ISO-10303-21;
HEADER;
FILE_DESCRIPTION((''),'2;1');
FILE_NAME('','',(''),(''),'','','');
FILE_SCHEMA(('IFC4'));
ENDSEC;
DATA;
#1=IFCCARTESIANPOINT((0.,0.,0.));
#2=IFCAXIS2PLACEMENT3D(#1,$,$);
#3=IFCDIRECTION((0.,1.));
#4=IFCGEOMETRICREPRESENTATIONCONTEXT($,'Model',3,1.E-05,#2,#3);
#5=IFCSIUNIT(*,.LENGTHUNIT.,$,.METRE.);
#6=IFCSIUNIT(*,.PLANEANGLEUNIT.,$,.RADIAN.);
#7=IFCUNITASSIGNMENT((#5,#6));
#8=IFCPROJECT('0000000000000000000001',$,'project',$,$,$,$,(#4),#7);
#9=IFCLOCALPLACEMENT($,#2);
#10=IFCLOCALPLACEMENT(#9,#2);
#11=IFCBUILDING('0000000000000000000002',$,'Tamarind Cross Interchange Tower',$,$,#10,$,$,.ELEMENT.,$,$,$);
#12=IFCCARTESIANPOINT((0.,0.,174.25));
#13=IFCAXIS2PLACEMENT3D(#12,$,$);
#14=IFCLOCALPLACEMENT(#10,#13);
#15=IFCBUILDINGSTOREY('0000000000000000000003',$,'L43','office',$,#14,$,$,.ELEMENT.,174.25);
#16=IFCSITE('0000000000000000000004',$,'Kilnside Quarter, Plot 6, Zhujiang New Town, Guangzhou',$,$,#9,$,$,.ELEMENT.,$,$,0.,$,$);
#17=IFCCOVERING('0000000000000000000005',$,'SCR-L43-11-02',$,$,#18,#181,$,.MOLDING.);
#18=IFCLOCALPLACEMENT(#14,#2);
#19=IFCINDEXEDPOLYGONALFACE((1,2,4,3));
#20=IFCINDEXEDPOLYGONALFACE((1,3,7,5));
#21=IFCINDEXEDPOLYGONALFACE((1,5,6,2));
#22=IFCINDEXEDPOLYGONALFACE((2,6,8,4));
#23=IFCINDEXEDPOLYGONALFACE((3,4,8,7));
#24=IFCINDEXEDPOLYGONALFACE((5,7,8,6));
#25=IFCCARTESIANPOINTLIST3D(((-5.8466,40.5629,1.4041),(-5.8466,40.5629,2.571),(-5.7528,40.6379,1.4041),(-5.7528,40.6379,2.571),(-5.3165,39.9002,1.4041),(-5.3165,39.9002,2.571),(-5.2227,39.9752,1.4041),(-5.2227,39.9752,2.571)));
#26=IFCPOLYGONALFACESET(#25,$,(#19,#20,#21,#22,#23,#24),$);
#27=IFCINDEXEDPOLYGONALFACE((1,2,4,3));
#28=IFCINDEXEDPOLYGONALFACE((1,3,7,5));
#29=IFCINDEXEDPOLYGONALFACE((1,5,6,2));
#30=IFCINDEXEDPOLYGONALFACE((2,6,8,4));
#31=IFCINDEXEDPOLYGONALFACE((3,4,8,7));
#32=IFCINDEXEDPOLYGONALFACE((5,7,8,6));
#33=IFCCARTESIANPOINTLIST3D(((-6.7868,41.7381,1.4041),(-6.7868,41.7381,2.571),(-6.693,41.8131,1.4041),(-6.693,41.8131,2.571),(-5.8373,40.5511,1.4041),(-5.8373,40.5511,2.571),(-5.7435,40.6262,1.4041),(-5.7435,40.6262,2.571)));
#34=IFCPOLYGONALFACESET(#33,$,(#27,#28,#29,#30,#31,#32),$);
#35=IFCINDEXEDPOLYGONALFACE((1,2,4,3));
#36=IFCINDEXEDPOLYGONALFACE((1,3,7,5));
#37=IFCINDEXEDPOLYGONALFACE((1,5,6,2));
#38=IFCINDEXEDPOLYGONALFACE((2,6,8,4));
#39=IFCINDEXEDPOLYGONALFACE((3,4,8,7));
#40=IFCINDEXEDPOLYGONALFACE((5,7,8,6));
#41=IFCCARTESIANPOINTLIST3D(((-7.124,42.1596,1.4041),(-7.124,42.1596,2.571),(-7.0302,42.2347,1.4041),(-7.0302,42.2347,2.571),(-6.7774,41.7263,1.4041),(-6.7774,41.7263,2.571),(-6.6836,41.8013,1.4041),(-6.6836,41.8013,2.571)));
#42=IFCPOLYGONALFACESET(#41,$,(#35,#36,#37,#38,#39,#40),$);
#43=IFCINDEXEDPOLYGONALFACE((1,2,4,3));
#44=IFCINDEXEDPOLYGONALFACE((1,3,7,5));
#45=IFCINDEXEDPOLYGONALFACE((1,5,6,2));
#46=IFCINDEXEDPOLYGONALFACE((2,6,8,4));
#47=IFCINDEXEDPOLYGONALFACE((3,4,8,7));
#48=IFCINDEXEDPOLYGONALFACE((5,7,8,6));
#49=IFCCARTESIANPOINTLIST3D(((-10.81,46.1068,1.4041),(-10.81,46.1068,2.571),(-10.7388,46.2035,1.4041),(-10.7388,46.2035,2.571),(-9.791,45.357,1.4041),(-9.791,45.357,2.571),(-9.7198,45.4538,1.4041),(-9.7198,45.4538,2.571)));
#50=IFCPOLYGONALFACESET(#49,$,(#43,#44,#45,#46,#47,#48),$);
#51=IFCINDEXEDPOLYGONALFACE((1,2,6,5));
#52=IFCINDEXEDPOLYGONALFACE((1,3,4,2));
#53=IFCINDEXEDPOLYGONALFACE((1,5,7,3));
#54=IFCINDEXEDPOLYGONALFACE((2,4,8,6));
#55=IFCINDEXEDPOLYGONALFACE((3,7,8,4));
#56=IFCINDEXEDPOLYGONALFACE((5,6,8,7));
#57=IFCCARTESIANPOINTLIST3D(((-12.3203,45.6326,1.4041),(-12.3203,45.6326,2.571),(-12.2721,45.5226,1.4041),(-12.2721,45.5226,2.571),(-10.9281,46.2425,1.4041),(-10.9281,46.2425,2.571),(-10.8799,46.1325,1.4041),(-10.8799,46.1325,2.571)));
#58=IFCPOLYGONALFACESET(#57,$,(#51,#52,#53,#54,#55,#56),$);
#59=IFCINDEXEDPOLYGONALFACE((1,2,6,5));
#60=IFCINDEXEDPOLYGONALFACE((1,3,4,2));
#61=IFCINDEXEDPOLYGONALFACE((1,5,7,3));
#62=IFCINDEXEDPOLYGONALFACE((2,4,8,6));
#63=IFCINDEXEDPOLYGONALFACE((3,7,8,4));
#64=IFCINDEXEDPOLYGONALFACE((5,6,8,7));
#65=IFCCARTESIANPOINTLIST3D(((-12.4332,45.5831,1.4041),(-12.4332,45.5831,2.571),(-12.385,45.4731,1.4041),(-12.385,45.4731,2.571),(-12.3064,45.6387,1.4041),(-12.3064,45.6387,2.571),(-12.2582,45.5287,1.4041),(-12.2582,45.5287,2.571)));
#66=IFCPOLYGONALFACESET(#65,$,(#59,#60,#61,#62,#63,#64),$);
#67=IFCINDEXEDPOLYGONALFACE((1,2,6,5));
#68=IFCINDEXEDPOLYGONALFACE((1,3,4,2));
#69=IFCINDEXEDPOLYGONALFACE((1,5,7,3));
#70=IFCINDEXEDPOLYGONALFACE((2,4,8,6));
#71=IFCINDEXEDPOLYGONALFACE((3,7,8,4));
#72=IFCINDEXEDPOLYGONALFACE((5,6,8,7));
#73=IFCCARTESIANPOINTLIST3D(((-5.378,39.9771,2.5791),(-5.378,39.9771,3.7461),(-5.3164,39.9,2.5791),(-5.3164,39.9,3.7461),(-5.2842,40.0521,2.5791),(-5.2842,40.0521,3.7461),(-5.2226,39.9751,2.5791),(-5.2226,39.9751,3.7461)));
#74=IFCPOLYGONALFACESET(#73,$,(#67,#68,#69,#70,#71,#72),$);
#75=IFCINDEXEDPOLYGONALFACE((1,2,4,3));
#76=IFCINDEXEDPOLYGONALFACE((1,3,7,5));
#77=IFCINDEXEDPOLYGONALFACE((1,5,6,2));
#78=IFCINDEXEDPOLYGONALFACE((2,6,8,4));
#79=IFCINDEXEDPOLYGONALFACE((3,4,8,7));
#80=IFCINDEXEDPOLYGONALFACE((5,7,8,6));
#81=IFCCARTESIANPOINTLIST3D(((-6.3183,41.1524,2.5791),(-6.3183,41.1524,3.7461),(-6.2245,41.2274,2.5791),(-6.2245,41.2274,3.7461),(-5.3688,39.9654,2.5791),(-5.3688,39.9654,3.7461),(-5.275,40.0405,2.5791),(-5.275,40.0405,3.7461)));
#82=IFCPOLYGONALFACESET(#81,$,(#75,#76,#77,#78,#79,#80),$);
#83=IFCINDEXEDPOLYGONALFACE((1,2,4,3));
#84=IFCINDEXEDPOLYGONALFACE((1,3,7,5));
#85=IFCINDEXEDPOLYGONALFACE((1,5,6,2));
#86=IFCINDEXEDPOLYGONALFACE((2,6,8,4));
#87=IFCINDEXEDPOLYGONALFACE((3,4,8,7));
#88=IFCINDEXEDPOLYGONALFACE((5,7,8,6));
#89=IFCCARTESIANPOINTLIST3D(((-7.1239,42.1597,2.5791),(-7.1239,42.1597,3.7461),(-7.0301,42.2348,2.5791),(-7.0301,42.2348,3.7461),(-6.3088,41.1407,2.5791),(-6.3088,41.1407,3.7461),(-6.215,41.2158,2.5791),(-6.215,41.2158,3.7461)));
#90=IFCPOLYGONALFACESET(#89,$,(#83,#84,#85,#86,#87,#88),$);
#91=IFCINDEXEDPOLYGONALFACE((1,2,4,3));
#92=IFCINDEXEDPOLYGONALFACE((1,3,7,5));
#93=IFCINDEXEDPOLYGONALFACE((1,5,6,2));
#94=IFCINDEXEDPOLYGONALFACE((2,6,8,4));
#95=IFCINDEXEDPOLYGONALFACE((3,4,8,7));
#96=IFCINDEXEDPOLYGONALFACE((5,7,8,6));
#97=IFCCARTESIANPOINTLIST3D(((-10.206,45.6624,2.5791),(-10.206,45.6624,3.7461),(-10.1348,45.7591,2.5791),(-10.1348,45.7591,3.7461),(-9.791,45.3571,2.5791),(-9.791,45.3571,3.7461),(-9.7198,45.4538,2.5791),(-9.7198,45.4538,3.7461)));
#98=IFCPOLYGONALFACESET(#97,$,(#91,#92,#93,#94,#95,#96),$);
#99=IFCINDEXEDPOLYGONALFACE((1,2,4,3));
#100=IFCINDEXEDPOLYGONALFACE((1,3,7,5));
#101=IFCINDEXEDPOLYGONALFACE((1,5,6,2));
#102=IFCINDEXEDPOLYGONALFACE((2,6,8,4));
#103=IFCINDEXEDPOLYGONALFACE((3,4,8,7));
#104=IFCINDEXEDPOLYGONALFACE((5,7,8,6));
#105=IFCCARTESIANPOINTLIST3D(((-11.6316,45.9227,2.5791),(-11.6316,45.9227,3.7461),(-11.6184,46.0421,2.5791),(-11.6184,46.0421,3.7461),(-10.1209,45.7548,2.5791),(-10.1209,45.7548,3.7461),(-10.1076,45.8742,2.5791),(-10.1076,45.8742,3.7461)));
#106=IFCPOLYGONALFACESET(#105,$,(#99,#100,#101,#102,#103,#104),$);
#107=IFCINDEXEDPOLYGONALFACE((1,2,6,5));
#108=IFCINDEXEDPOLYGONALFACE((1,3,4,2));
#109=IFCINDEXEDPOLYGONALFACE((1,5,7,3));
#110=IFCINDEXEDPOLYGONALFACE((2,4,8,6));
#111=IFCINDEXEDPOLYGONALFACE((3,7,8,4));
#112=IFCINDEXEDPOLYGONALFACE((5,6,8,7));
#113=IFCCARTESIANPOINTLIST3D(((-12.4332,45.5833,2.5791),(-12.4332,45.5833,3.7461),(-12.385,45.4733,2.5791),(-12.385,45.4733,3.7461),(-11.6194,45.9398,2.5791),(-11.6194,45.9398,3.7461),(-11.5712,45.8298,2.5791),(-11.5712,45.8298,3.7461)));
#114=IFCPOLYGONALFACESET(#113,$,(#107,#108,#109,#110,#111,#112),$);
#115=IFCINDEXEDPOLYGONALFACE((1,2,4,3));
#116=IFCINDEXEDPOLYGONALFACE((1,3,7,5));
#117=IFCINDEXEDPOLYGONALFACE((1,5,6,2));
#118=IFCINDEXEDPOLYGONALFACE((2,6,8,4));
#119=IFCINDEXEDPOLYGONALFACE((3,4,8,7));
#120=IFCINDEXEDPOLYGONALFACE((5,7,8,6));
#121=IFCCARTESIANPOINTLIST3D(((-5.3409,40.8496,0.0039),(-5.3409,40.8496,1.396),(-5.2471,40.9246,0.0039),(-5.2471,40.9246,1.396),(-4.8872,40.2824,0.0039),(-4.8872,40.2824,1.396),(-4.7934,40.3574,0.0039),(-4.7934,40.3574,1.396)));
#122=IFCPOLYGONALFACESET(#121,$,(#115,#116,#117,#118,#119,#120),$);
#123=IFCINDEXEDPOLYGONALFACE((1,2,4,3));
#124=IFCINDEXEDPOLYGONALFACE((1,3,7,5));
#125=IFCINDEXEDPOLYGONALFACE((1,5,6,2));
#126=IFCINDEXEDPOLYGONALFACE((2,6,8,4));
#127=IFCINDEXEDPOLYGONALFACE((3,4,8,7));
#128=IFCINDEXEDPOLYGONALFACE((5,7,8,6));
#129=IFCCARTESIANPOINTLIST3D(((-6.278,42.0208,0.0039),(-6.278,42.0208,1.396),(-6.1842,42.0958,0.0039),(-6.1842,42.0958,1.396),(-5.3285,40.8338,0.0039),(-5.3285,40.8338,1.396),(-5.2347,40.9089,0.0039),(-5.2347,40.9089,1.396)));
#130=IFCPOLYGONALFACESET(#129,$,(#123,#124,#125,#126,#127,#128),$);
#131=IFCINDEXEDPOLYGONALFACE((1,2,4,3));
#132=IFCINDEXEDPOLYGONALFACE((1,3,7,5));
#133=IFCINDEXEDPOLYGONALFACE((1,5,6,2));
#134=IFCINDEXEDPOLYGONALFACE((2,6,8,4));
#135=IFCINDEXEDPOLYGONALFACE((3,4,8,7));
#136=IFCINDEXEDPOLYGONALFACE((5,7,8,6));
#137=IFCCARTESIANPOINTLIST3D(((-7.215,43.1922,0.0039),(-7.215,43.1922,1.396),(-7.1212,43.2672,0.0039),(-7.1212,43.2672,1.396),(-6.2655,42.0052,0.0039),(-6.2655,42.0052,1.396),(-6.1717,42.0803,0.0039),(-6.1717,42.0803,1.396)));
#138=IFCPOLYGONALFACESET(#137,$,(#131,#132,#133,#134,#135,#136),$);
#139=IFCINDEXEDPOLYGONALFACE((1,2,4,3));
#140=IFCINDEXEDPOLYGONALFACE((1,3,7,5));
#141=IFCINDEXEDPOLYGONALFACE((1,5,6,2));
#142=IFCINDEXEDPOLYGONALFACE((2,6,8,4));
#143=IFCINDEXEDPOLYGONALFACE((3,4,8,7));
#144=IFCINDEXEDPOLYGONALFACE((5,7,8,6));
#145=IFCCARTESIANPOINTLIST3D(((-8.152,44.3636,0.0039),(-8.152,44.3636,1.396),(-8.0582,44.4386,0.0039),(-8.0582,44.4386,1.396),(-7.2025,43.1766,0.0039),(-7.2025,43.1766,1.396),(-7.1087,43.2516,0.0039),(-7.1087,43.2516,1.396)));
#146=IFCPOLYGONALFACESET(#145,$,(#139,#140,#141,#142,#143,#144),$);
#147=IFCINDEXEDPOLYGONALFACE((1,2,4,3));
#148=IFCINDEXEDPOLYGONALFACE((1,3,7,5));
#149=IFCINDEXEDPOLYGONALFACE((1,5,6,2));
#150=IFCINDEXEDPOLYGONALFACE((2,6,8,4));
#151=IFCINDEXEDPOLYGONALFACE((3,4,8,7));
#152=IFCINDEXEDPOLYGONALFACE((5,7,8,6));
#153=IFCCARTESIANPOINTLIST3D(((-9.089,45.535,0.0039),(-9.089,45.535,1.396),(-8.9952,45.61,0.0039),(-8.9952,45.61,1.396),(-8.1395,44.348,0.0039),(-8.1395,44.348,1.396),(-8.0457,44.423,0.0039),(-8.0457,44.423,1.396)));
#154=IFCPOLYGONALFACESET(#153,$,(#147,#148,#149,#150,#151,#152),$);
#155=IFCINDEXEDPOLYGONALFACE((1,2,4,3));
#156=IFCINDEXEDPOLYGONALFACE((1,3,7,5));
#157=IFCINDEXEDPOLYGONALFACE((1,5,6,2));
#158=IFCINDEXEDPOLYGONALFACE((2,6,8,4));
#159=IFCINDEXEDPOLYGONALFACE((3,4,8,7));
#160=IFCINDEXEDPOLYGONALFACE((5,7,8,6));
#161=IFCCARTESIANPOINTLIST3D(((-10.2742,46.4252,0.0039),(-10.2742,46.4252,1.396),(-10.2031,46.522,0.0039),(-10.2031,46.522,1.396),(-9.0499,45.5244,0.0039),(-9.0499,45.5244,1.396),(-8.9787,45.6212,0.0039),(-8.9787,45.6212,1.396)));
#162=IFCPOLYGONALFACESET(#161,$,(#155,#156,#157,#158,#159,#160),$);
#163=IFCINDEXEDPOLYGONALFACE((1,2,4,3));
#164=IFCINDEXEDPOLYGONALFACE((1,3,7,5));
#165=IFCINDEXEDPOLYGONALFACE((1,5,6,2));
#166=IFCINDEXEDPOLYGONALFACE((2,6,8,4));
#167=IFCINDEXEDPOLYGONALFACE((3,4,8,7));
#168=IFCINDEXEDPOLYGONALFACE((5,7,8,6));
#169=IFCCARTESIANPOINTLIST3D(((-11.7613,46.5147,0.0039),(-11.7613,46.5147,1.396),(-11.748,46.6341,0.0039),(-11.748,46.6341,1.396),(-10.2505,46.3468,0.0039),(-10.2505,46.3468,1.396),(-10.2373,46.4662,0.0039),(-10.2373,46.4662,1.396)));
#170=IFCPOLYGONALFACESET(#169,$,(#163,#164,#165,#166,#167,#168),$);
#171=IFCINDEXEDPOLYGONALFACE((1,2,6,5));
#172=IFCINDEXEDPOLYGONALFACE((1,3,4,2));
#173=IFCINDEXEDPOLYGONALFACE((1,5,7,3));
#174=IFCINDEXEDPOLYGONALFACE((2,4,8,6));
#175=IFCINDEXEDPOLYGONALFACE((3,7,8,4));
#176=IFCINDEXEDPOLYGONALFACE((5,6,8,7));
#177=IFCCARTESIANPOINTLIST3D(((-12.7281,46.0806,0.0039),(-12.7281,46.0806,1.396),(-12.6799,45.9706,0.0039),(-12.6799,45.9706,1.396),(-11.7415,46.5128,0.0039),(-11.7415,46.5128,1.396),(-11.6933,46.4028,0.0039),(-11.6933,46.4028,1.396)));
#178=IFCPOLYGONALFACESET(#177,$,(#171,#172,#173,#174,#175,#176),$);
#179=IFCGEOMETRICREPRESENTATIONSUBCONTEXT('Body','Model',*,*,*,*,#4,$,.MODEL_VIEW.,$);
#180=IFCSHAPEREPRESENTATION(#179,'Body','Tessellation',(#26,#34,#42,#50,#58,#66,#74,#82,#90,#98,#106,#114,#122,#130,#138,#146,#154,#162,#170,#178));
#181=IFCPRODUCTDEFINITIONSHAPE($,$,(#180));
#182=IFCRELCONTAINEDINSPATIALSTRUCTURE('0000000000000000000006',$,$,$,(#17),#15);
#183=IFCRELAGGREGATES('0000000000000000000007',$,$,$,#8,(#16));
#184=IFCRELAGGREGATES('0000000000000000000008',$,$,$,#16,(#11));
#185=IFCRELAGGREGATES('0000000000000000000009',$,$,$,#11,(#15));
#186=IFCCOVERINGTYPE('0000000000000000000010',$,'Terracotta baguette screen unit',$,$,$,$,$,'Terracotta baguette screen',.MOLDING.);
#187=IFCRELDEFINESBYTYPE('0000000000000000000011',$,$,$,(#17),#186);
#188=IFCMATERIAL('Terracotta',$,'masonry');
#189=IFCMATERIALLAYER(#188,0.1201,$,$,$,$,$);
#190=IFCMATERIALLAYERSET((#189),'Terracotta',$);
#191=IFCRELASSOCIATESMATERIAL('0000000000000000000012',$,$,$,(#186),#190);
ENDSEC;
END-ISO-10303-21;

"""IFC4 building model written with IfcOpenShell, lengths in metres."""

from ifc_helpers import new_model, si_unit, direction, frame, origin, origin_2d, place, context, subcontext, project, spatial, rectangle, extrude, material, layer, layer_set, type_object, element, save


model = new_model("IFC4")

# Units and contexts
model_context = context("Model", 3, precision=1e-05, world=origin(), true_north=direction((0.0, 1.0)))
body_context = subcontext(model_context, "Body", "Model", "MODEL_VIEW")
ifc_project = project(units=[si_unit("LENGTHUNIT", "METRE"), si_unit("PLANEANGLEUNIT", "RADIAN")], contexts=[model_context])

# Site, building, storey
site_placement = place(None, origin())
site = spatial("IfcSite", under=ifc_project, at=site_placement, Name="Kilnside Quarter, Plot 6, Zhujiang New Town, Guangzhou", CompositionType="ELEMENT", RefElevation=0.0)
building_placement = place(site_placement, origin())
building = spatial("IfcBuilding", under=site, at=building_placement, Name="Tamarind Cross Interchange Tower", CompositionType="ELEMENT")
storey_placement = place(building_placement, frame((0.0, 0.0, 174.25)))
storey = spatial("IfcBuildingStorey", under=building, at=storey_placement, Name="L43", Description="office", CompositionType="ELEMENT", Elevation=174.25)

# Covering
ifc_material_1 = material(Name="Terracotta", Category="masonry")
ifc_layer_1 = layer(ifc_material_1, 0.1201)
ifc_layer_set_1 = layer_set([ifc_layer_1], Name="Terracotta")
covering_type = type_object("IfcCoveringType", Name="Terracotta baguette screen unit", ElementType="Terracotta baguette screen", PredefinedType="MOLDING", material=ifc_layer_set_1)
covering_1_placement = place(storey_placement, origin())
element("IfcCovering", 1, at=covering_1_placement, inside=storey, type_object=covering_type, Name="SCR-L43-11-02", PredefinedType="MOLDING", context=body_context, shape_type="SweptSolid", body=[
    extrude(rectangle(XDim=0.8486, YDim=0.1201, at=origin_2d()), frame((-5.5347, 40.269, 1.4041), z_axis=(0.0, 0.0, 1.0), x_axis=(-0.624665, 0.780893, 0.0)), (0.0, 0.0, 1.0), 1.167),
    extrude(rectangle(XDim=1.52, YDim=0.1201, at=origin_2d()), frame((-6.2651, 41.1821, 1.4041), z_axis=(0.0, 0.0, 1.0), x_axis=(-0.624665, 0.780893, 0.0)), (0.0, 0.0, 1.0), 1.167),
    extrude(rectangle(XDim=0.5549, YDim=0.1201, at=origin_2d()), frame((-6.9038, 41.9805, 1.4041), z_axis=(0.0, 0.0, 1.0), x_axis=(-0.624665, 0.780893, 0.0)), (0.0, 0.0, 1.0), 1.167),
    extrude(rectangle(XDim=1.2651, YDim=0.1201, at=origin_2d()), frame((-10.2649, 45.7803, 1.4041), z_axis=(0.0, 0.0, 1.0), x_axis=(-0.80549, 0.592609, 0.0)), (0.0, 0.0, 1.0), 1.167),
    extrude(rectangle(XDim=1.52, YDim=0.1201, at=origin_2d()), frame((-11.6001, 45.8826, 1.4041), z_axis=(0.0, 0.0, 1.0), x_axis=(-0.91596, -0.40127, 0.0)), (0.0, 0.0, 1.0), 1.167),
    extrude(rectangle(XDim=0.1384, YDim=0.1201, at=origin_2d()), frame((-12.3457, 45.5559, 1.4041), z_axis=(0.0, 0.0, 1.0), x_axis=(-0.91596, -0.40127, 0.0)), (0.0, 0.0, 1.0), 1.167),
    extrude(rectangle(XDim=0.0986, YDim=0.1201, at=origin_2d()), frame((-5.3003, 39.9761, 2.5791), z_axis=(0.0, 0.0, 1.0), x_axis=(-0.624665, 0.780893, 0.0)), (0.0, 0.0, 1.0), 1.167),
    extrude(rectangle(XDim=1.52, YDim=0.1201, at=origin_2d()), frame((-5.7966, 40.5964, 2.5791), z_axis=(0.0, 0.0, 1.0), x_axis=(-0.624665, 0.780893, 0.0)), (0.0, 0.0, 1.0), 1.167),
    extrude(rectangle(XDim=1.3049, YDim=0.1201, at=origin_2d()), frame((-6.6694, 41.6877, 2.5791), z_axis=(0.0, 0.0, 1.0), x_axis=(-0.624665, 0.780893, 0.0)), (0.0, 0.0, 1.0), 1.167),
    extrude(rectangle(XDim=0.5151, YDim=0.1201, at=origin_2d()), frame((-9.9629, 45.5581, 2.5791), z_axis=(0.0, 0.0, 1.0), x_axis=(-0.80549, 0.592609, 0.0)), (0.0, 0.0, 1.0), 1.167),
    extrude(rectangle(XDim=1.52, YDim=0.1201, at=origin_2d()), frame((-10.8696, 45.8984, 2.5791), z_axis=(0.0, 0.0, 1.0), x_axis=(-0.993879, 0.11047, 0.0)), (0.0, 0.0, 1.0), 1.167),
    extrude(rectangle(XDim=0.8884, YDim=0.1201, at=origin_2d()), frame((-12.0022, 45.7065, 2.5791), z_axis=(0.0, 0.0, 1.0), x_axis=(-0.91596, -0.40127, 0.0)), (0.0, 0.0, 1.0), 1.167),
    extrude(rectangle(XDim=0.7263, YDim=0.1201, at=origin_2d()), frame((-5.0671, 40.6035, 0.0039), z_axis=(0.0, 0.0, 1.0), x_axis=(-0.624665, 0.780893, 0.0)), (0.0, 0.0, 1.0), 1.3921),
    extrude(rectangle(XDim=1.52, YDim=0.1201, at=origin_2d()), frame((-5.7563, 41.4648, 0.0039), z_axis=(0.0, 0.0, 1.0), x_axis=(-0.624665, 0.780893, 0.0)), (0.0, 0.0, 1.0), 1.3921),
    extrude(rectangle(XDim=1.52, YDim=0.1201, at=origin_2d()), frame((-6.6934, 42.6362, 0.0039), z_axis=(0.0, 0.0, 1.0), x_axis=(-0.624665, 0.780893, 0.0)), (0.0, 0.0, 1.0), 1.3921),
    extrude(rectangle(XDim=1.52, YDim=0.1201, at=origin_2d()), frame((-7.6304, 43.8076, 0.0039), z_axis=(0.0, 0.0, 1.0), x_axis=(-0.624665, 0.780893, 0.0)), (0.0, 0.0, 1.0), 1.3921),
    extrude(rectangle(XDim=1.52, YDim=0.1201, at=origin_2d()), frame((-8.5674, 44.979, 0.0039), z_axis=(0.0, 0.0, 1.0), x_axis=(-0.624665, 0.780893, 0.0)), (0.0, 0.0, 1.0), 1.3921),
    extrude(rectangle(XDim=1.52, YDim=0.1201, at=origin_2d()), frame((-9.6265, 46.0232, 0.0039), z_axis=(0.0, 0.0, 1.0), x_axis=(-0.80549, 0.592609, 0.0)), (0.0, 0.0, 1.0), 1.3921),
    extrude(rectangle(XDim=1.52, YDim=0.1201, at=origin_2d()), frame((-10.9993, 46.4905, 0.0039), z_axis=(0.0, 0.0, 1.0), x_axis=(-0.993879, 0.11047, 0.0)), (0.0, 0.0, 1.0), 1.3921),
    extrude(rectangle(XDim=1.0771, YDim=0.1201, at=origin_2d()), frame((-12.2107, 46.2417, 0.0039), z_axis=(0.0, 0.0, 1.0), x_axis=(-0.91596, -0.40127, 0.0)), (0.0, 0.0, 1.0), 1.3921),
])

save(model, "model.ifc")
